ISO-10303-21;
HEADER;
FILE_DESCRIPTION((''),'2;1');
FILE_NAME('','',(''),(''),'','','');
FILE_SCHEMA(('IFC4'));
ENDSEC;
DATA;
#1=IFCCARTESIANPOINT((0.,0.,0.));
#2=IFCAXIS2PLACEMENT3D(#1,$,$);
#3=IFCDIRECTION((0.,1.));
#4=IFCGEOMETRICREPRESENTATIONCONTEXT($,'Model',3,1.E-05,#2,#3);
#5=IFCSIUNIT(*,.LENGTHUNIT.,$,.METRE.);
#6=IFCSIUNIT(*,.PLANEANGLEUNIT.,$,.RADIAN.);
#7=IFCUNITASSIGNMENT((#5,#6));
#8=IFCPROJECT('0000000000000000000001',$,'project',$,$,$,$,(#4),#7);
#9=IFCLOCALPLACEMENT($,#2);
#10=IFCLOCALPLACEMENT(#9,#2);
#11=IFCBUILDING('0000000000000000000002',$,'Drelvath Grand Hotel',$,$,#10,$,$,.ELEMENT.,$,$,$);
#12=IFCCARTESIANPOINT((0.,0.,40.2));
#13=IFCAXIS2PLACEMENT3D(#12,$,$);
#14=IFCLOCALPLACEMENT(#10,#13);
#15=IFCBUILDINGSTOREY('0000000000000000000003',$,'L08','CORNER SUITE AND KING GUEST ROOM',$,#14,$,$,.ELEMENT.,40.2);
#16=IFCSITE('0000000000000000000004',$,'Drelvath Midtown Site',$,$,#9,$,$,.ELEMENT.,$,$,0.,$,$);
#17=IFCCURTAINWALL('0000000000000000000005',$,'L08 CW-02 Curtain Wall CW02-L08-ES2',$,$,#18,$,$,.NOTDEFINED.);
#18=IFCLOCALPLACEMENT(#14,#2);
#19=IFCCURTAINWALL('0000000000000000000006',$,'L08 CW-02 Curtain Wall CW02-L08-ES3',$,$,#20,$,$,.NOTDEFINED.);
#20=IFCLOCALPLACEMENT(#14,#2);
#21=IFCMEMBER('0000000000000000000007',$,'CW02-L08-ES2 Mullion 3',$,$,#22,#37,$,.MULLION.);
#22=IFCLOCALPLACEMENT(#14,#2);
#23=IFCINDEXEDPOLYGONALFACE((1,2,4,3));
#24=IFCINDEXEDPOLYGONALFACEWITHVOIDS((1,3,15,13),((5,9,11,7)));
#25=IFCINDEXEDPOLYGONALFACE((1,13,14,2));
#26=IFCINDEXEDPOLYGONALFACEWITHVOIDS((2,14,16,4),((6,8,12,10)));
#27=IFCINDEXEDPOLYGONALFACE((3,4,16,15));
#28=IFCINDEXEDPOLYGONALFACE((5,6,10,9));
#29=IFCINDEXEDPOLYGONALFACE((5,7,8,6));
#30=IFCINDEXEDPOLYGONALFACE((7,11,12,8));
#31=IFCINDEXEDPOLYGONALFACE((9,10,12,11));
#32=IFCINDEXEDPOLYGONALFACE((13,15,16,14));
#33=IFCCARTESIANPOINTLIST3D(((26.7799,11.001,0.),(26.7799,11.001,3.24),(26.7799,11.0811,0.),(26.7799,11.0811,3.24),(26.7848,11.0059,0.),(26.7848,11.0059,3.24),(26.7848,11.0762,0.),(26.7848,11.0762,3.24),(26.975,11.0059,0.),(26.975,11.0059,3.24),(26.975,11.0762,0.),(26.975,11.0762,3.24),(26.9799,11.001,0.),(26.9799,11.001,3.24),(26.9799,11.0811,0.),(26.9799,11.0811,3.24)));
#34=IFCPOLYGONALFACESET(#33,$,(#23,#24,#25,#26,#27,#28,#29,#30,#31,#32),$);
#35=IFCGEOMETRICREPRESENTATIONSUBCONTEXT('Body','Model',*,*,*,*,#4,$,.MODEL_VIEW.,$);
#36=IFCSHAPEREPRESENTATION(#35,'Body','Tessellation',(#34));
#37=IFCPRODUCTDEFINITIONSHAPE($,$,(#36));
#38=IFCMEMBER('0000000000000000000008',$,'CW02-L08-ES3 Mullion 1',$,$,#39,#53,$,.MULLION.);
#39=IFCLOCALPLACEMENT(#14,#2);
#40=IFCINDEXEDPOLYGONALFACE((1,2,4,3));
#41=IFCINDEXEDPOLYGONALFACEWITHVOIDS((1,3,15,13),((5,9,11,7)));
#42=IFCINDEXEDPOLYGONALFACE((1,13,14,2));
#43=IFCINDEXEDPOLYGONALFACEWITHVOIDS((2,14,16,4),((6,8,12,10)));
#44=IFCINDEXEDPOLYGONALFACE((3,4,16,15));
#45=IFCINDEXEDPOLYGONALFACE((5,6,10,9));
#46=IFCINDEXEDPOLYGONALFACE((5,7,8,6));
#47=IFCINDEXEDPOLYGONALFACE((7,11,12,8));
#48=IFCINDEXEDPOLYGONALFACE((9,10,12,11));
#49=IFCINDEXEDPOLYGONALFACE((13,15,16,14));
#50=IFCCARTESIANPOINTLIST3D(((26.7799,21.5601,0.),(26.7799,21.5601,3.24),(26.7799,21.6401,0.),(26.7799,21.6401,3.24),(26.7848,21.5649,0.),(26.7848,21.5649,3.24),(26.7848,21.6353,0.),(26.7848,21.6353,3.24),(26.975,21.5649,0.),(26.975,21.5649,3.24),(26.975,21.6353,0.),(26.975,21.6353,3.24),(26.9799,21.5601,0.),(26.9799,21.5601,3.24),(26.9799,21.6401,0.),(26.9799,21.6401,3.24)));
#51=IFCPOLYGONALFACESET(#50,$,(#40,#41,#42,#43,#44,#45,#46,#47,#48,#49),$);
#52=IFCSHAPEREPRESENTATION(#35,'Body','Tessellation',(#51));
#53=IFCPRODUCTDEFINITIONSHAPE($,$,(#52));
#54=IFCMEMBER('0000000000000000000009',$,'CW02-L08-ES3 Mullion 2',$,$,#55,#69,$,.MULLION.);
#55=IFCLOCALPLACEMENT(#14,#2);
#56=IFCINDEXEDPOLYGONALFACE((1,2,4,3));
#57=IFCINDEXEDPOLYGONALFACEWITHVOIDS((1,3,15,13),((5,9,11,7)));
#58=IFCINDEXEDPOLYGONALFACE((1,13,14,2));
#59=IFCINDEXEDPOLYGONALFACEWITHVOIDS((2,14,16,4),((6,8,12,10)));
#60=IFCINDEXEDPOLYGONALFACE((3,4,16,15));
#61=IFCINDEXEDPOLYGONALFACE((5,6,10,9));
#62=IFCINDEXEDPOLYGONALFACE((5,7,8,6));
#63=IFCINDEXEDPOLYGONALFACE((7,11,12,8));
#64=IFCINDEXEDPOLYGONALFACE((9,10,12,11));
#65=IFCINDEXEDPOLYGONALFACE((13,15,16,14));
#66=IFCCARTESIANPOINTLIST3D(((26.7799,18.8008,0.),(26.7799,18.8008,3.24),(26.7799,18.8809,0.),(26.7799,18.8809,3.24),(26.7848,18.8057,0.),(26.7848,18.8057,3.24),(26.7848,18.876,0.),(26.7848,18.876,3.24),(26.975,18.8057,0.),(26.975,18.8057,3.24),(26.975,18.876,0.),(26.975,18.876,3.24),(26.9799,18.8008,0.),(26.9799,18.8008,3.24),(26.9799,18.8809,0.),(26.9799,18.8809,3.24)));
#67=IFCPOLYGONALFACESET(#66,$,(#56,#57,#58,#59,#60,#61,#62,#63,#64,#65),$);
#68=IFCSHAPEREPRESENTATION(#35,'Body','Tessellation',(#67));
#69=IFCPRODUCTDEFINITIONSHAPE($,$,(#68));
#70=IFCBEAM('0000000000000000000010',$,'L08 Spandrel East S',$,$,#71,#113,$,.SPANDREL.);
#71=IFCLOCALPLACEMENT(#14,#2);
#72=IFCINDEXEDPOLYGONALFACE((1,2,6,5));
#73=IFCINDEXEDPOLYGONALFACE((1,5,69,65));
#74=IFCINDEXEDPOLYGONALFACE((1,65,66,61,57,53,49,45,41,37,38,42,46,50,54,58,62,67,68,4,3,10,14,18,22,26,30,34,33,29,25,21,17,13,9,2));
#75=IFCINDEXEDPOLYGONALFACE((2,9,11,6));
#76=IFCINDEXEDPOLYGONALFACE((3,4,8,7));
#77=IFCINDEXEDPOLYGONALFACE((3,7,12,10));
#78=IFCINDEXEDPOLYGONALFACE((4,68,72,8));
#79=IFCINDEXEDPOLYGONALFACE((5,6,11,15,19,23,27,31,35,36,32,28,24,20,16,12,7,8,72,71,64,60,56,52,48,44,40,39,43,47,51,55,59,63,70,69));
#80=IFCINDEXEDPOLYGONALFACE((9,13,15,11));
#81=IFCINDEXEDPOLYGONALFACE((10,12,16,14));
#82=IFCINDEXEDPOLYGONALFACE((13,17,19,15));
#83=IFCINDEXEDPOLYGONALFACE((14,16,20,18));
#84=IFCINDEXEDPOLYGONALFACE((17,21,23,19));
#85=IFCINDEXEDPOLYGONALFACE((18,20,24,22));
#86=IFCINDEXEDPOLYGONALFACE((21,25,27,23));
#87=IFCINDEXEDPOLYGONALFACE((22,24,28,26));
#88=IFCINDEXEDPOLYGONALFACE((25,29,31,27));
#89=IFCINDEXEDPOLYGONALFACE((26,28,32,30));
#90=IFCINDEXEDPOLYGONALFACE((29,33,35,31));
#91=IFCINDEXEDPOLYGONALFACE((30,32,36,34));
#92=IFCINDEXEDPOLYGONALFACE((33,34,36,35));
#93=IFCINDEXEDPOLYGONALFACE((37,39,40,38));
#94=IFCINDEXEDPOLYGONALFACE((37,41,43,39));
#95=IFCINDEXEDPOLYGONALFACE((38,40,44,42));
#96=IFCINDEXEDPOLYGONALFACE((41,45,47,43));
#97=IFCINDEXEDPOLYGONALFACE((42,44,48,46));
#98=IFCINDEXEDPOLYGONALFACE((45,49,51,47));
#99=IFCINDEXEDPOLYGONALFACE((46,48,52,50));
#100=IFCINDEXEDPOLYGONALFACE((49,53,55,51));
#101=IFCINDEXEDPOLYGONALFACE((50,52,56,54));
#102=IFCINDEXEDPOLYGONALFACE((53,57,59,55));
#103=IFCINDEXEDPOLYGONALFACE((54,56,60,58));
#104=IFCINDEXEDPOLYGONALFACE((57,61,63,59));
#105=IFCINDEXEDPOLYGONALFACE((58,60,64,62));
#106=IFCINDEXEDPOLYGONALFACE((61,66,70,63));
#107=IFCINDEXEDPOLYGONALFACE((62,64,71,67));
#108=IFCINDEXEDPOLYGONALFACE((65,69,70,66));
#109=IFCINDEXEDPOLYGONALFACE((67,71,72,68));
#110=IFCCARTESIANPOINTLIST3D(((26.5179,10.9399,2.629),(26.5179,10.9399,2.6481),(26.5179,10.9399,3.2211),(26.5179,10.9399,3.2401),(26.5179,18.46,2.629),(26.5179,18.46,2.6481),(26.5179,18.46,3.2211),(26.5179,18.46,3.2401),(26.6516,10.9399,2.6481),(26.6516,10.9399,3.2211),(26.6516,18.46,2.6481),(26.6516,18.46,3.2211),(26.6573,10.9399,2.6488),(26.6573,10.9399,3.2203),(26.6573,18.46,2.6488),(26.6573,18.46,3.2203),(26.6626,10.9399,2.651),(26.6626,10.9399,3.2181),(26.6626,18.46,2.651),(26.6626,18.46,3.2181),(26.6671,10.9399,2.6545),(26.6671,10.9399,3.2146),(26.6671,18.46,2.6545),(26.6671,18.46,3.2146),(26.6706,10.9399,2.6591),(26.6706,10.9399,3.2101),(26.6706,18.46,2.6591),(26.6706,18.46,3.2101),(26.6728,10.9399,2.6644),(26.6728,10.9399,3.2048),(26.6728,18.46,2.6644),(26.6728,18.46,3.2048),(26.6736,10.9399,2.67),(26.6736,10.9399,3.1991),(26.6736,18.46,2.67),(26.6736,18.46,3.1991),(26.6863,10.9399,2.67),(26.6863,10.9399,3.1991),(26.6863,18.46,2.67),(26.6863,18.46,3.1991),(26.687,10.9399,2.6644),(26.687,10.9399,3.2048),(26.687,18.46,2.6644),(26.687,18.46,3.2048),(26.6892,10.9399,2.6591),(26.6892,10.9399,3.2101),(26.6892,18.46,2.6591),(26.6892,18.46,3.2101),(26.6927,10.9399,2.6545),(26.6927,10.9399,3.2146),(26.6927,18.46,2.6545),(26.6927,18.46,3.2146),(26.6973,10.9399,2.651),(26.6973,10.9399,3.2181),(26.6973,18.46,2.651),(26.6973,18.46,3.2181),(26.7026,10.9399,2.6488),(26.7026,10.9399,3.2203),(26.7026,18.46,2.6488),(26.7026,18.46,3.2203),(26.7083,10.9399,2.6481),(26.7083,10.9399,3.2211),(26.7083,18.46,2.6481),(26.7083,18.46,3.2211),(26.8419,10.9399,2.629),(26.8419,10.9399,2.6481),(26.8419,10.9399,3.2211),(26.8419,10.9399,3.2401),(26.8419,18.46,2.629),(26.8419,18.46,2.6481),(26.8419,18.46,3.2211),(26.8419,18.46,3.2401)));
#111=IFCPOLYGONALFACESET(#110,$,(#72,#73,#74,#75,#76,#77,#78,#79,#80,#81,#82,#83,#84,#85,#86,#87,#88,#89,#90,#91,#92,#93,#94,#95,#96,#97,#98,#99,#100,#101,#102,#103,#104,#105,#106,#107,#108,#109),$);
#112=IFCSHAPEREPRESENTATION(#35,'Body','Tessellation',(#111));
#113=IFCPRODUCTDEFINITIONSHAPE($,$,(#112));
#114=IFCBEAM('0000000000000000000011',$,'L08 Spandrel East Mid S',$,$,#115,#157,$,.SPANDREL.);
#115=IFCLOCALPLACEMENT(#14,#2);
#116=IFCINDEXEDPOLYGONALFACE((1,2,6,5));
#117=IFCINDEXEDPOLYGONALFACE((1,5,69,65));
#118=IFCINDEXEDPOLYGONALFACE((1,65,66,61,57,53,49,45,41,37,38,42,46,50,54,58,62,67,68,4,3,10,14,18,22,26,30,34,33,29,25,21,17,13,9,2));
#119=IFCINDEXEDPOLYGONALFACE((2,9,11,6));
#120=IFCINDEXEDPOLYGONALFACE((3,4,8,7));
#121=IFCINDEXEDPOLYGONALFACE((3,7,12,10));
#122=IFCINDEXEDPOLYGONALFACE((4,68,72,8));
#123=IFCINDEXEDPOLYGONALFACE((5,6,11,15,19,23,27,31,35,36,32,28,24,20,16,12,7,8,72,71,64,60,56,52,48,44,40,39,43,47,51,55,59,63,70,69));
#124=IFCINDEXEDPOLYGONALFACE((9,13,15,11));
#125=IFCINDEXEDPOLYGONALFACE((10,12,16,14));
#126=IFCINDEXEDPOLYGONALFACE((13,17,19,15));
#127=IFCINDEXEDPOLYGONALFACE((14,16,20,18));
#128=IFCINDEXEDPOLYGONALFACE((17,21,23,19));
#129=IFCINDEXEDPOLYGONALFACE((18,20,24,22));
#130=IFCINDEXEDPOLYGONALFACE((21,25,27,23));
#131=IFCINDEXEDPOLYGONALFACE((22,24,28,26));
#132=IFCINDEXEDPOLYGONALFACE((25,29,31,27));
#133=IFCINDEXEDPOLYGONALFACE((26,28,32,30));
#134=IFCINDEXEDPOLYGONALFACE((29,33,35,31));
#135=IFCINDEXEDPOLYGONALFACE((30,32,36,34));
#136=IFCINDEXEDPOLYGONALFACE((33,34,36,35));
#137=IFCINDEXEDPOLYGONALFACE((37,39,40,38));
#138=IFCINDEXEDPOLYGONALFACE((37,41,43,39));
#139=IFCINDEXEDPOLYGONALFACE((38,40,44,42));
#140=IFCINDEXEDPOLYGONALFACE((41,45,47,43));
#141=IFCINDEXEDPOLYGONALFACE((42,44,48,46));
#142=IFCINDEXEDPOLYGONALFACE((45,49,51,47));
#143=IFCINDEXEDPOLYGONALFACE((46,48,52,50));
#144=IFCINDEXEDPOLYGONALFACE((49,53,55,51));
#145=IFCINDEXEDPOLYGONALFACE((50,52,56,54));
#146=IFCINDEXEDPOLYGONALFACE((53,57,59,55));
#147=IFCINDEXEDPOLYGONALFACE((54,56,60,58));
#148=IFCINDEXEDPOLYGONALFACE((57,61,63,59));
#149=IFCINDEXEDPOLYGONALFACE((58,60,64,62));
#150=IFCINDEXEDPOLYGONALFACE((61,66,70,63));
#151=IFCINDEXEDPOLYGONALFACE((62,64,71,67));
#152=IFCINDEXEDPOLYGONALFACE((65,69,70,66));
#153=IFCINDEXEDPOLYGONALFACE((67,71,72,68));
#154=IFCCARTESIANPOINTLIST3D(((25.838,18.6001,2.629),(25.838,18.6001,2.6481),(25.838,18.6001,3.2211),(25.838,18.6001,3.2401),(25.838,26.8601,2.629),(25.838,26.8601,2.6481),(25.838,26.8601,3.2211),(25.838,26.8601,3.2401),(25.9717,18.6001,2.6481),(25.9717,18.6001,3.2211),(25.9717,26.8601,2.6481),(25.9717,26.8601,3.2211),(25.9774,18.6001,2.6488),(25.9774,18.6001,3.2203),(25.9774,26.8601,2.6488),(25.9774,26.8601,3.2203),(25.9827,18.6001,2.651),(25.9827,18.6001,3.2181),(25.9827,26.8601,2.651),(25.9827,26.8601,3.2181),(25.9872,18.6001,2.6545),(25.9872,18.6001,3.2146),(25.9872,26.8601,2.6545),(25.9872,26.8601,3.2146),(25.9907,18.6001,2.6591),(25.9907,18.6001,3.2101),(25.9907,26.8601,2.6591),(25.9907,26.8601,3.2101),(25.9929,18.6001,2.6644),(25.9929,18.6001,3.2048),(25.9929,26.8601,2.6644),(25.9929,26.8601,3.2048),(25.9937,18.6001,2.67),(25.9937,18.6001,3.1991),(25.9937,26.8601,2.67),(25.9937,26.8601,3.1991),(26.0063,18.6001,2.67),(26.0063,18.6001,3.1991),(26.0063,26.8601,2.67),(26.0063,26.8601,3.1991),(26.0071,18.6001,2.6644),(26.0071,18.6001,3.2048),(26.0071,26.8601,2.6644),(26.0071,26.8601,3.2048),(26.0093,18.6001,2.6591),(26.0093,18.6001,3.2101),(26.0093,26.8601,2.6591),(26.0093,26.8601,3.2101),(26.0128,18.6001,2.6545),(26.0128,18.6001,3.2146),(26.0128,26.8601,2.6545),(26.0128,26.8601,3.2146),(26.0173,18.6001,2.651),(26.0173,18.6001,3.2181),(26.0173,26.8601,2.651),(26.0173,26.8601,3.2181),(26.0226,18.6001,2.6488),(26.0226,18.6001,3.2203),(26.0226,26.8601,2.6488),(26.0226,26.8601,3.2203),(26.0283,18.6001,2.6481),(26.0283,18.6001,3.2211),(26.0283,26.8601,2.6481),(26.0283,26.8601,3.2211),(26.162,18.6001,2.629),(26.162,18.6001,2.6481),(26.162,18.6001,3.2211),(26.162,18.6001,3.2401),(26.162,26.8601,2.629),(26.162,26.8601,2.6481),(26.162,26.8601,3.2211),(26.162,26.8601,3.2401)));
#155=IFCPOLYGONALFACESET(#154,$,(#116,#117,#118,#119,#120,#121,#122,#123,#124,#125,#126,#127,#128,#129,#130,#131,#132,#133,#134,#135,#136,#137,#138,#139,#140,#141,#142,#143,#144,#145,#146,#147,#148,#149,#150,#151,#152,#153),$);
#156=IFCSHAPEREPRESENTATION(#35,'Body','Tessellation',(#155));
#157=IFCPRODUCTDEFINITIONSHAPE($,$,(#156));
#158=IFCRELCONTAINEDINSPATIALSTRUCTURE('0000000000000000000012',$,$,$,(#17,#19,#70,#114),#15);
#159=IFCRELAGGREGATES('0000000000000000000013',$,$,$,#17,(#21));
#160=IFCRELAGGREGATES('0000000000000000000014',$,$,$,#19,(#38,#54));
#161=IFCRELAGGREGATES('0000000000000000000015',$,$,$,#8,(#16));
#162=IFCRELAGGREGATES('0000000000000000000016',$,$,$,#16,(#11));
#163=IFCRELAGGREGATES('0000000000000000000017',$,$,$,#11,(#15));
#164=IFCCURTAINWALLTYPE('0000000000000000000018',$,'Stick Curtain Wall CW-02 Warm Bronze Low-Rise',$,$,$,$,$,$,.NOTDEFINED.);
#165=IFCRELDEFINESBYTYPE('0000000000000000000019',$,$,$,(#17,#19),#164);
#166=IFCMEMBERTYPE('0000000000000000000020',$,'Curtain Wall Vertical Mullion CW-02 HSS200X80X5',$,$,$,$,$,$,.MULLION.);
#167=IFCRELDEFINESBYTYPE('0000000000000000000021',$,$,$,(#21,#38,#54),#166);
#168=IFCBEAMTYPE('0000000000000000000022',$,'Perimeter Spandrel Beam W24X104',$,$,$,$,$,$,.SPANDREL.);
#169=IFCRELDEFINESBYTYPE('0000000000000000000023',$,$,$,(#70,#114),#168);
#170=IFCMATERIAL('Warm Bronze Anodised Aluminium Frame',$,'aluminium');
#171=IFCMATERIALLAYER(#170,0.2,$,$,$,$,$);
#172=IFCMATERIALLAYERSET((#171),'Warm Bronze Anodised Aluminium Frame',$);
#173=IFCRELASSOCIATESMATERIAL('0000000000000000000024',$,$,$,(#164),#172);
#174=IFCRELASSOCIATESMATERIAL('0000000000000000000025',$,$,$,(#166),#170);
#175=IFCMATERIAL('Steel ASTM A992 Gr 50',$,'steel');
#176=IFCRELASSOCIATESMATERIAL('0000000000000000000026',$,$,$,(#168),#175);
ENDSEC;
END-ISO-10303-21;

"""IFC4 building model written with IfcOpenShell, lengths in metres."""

from ifc_helpers import new_model, si_unit, direction, frame, origin, origin_2d, place, context, subcontext, project, spatial, hollow_rectangle, i_section, extrude, material, layer, layer_set, material_profile, profile_set, type_object, element, aggregate, save


model = new_model("IFC4")

# Units and contexts
model_context = context("Model", 3, precision=1e-05, world=origin(), true_north=direction((0.0, 1.0)))
body_context = subcontext(model_context, "Body", "Model", "MODEL_VIEW")
ifc_project = project(units=[si_unit("LENGTHUNIT", "METRE"), si_unit("PLANEANGLEUNIT", "RADIAN")], contexts=[model_context])

# Site, building, storey
site_placement = place(None, origin())
site = spatial("IfcSite", under=ifc_project, at=site_placement, Name="Drelvath Midtown Site", CompositionType="ELEMENT", RefElevation=0.0)
building_placement = place(site_placement, origin())
building = spatial("IfcBuilding", under=site, at=building_placement, Name="Drelvath Grand Hotel", CompositionType="ELEMENT")
storey_placement = place(building_placement, frame((0.0, 0.0, 40.2)))
storey = spatial("IfcBuildingStorey", under=building, at=storey_placement, Name="L08", Description="CORNER SUITE AND KING GUEST ROOM", CompositionType="ELEMENT", Elevation=40.2)

# Curtain walls
ifc_material_1 = material(Name="Warm Bronze Anodised Aluminium Frame", Category="aluminium")
ifc_layer_1 = layer(ifc_material_1, 0.2)
ifc_layer_set_1 = layer_set([ifc_layer_1], Name="Warm Bronze Anodised Aluminium Frame")
curtain_wall_type = type_object("IfcCurtainWallType", Name="Stick Curtain Wall CW-02 Warm Bronze Low-Rise", PredefinedType="NOTDEFINED", material=ifc_layer_set_1)
curtain_wall_1_placement = place(storey_placement, origin())
curtain_wall_1 = element("IfcCurtainWall", 1, at=curtain_wall_1_placement, inside=storey, type_object=curtain_wall_type, Name="L08 CW-02 Curtain Wall CW02-L08-ES2", PredefinedType="NOTDEFINED")
curtain_wall_2_placement = place(storey_placement, origin())
curtain_wall_2 = element("IfcCurtainWall", 2, at=curtain_wall_2_placement, inside=storey, type_object=curtain_wall_type, Name="L08 CW-02 Curtain Wall CW02-L08-ES3", PredefinedType="NOTDEFINED")
ifc_material_profile_1 = material_profile(ifc_material_1, hollow_rectangle(XDim=0.0801, YDim=0.2, WallThickness=0.0049, at=origin_2d()), Name="HSS200X80X5")
ifc_profile_set_1 = profile_set([ifc_material_profile_1], Name="Warm Bronze Anodised Aluminium Frame")
member_type_1 = type_object("IfcMemberType", Name="Curtain Wall Vertical Mullion CW-02 HSS200X80X5", PredefinedType="MULLION", material=ifc_profile_set_1)

# Members
member_1_placement = place(storey_placement, frame((26.8799, 11.041, 0.0), z_axis=(0.0, 0.0, 1.0), x_axis=(0.0, 1.0, 0.0)))
member_1 = element("IfcMember", 3, at=member_1_placement, type_object=member_type_1, Name="CW02-L08-ES2 Mullion 3", PredefinedType="MULLION", context=body_context, shape_type="SweptSolid", body=[
    extrude(hollow_rectangle(XDim=0.0801, YDim=0.2, WallThickness=0.0049, at=origin_2d()), origin(), (0.0, 0.0, 1.0), 3.24),
])
member_2_placement = place(storey_placement, frame((26.8799, 21.6001, 0.0), z_axis=(0.0, 0.0, 1.0), x_axis=(0.0, 1.0, 0.0)))
member_2 = element("IfcMember", 4, at=member_2_placement, type_object=member_type_1, Name="CW02-L08-ES3 Mullion 1", PredefinedType="MULLION", context=body_context, shape_type="SweptSolid", body=[
    extrude(hollow_rectangle(XDim=0.0801, YDim=0.2, WallThickness=0.0049, at=origin_2d()), origin(), (0.0, 0.0, 1.0), 3.24),
])
member_3_placement = place(storey_placement, frame((26.8799, 18.8408, 0.0), z_axis=(0.0, 0.0, 1.0), x_axis=(0.0, 1.0, 0.0)))
member_3 = element("IfcMember", 5, at=member_3_placement, type_object=member_type_1, Name="CW02-L08-ES3 Mullion 2", PredefinedType="MULLION", context=body_context, shape_type="SweptSolid", body=[
    extrude(hollow_rectangle(XDim=0.0801, YDim=0.2, WallThickness=0.0049, at=origin_2d()), origin(), (0.0, 0.0, 1.0), 3.24),
])

# Beams
ifc_material_2 = material(Name="Steel ASTM A992 Gr 50", Category="steel")
ifc_material_profile_2 = material_profile(ifc_material_2, i_section(OverallWidth=0.324, OverallDepth=0.6111, WebThickness=0.0127, FlangeThickness=0.019, FilletRadius=0.022, at=origin_2d()), Name="W24X104")
ifc_profile_set_2 = profile_set([ifc_material_profile_2], Name="Steel ASTM A992 Gr 50")
beam_type_1 = type_object("IfcBeamType", Name="Perimeter Spandrel Beam W24X104", PredefinedType="SPANDREL", material=ifc_profile_set_2)
beam_1_placement = place(storey_placement, frame((26.6799, 10.9399, 2.9346), z_axis=(0.0, 1.0, 0.0), x_axis=(-1.0, 0.0, 0.0)))
element("IfcBeam", 6, at=beam_1_placement, inside=storey, type_object=beam_type_1, Name="L08 Spandrel East S", PredefinedType="SPANDREL", context=body_context, shape_type="SweptSolid", body=[
    extrude(i_section(OverallWidth=0.324, OverallDepth=0.6111, WebThickness=0.0127, FlangeThickness=0.019, FilletRadius=0.022, at=origin_2d()), origin(), (0.0, 0.0, 1.0), 7.52),
])
beam_2_placement = place(storey_placement, frame((26.0, 18.6001, 2.9346), z_axis=(0.0, 1.0, 0.0), x_axis=(-1.0, 0.0, 0.0)))
element("IfcBeam", 7, at=beam_2_placement, inside=storey, type_object=beam_type_1, Name="L08 Spandrel East Mid S", PredefinedType="SPANDREL", context=body_context, shape_type="SweptSolid", body=[
    extrude(i_section(OverallWidth=0.324, OverallDepth=0.6111, WebThickness=0.0127, FlangeThickness=0.019, FilletRadius=0.022, at=origin_2d()), origin(), (0.0, 0.0, 1.0), 8.26),
])

aggregate(curtain_wall_1, [member_1])
aggregate(curtain_wall_2, [member_2, member_3])

save(model, "model.ifc")
